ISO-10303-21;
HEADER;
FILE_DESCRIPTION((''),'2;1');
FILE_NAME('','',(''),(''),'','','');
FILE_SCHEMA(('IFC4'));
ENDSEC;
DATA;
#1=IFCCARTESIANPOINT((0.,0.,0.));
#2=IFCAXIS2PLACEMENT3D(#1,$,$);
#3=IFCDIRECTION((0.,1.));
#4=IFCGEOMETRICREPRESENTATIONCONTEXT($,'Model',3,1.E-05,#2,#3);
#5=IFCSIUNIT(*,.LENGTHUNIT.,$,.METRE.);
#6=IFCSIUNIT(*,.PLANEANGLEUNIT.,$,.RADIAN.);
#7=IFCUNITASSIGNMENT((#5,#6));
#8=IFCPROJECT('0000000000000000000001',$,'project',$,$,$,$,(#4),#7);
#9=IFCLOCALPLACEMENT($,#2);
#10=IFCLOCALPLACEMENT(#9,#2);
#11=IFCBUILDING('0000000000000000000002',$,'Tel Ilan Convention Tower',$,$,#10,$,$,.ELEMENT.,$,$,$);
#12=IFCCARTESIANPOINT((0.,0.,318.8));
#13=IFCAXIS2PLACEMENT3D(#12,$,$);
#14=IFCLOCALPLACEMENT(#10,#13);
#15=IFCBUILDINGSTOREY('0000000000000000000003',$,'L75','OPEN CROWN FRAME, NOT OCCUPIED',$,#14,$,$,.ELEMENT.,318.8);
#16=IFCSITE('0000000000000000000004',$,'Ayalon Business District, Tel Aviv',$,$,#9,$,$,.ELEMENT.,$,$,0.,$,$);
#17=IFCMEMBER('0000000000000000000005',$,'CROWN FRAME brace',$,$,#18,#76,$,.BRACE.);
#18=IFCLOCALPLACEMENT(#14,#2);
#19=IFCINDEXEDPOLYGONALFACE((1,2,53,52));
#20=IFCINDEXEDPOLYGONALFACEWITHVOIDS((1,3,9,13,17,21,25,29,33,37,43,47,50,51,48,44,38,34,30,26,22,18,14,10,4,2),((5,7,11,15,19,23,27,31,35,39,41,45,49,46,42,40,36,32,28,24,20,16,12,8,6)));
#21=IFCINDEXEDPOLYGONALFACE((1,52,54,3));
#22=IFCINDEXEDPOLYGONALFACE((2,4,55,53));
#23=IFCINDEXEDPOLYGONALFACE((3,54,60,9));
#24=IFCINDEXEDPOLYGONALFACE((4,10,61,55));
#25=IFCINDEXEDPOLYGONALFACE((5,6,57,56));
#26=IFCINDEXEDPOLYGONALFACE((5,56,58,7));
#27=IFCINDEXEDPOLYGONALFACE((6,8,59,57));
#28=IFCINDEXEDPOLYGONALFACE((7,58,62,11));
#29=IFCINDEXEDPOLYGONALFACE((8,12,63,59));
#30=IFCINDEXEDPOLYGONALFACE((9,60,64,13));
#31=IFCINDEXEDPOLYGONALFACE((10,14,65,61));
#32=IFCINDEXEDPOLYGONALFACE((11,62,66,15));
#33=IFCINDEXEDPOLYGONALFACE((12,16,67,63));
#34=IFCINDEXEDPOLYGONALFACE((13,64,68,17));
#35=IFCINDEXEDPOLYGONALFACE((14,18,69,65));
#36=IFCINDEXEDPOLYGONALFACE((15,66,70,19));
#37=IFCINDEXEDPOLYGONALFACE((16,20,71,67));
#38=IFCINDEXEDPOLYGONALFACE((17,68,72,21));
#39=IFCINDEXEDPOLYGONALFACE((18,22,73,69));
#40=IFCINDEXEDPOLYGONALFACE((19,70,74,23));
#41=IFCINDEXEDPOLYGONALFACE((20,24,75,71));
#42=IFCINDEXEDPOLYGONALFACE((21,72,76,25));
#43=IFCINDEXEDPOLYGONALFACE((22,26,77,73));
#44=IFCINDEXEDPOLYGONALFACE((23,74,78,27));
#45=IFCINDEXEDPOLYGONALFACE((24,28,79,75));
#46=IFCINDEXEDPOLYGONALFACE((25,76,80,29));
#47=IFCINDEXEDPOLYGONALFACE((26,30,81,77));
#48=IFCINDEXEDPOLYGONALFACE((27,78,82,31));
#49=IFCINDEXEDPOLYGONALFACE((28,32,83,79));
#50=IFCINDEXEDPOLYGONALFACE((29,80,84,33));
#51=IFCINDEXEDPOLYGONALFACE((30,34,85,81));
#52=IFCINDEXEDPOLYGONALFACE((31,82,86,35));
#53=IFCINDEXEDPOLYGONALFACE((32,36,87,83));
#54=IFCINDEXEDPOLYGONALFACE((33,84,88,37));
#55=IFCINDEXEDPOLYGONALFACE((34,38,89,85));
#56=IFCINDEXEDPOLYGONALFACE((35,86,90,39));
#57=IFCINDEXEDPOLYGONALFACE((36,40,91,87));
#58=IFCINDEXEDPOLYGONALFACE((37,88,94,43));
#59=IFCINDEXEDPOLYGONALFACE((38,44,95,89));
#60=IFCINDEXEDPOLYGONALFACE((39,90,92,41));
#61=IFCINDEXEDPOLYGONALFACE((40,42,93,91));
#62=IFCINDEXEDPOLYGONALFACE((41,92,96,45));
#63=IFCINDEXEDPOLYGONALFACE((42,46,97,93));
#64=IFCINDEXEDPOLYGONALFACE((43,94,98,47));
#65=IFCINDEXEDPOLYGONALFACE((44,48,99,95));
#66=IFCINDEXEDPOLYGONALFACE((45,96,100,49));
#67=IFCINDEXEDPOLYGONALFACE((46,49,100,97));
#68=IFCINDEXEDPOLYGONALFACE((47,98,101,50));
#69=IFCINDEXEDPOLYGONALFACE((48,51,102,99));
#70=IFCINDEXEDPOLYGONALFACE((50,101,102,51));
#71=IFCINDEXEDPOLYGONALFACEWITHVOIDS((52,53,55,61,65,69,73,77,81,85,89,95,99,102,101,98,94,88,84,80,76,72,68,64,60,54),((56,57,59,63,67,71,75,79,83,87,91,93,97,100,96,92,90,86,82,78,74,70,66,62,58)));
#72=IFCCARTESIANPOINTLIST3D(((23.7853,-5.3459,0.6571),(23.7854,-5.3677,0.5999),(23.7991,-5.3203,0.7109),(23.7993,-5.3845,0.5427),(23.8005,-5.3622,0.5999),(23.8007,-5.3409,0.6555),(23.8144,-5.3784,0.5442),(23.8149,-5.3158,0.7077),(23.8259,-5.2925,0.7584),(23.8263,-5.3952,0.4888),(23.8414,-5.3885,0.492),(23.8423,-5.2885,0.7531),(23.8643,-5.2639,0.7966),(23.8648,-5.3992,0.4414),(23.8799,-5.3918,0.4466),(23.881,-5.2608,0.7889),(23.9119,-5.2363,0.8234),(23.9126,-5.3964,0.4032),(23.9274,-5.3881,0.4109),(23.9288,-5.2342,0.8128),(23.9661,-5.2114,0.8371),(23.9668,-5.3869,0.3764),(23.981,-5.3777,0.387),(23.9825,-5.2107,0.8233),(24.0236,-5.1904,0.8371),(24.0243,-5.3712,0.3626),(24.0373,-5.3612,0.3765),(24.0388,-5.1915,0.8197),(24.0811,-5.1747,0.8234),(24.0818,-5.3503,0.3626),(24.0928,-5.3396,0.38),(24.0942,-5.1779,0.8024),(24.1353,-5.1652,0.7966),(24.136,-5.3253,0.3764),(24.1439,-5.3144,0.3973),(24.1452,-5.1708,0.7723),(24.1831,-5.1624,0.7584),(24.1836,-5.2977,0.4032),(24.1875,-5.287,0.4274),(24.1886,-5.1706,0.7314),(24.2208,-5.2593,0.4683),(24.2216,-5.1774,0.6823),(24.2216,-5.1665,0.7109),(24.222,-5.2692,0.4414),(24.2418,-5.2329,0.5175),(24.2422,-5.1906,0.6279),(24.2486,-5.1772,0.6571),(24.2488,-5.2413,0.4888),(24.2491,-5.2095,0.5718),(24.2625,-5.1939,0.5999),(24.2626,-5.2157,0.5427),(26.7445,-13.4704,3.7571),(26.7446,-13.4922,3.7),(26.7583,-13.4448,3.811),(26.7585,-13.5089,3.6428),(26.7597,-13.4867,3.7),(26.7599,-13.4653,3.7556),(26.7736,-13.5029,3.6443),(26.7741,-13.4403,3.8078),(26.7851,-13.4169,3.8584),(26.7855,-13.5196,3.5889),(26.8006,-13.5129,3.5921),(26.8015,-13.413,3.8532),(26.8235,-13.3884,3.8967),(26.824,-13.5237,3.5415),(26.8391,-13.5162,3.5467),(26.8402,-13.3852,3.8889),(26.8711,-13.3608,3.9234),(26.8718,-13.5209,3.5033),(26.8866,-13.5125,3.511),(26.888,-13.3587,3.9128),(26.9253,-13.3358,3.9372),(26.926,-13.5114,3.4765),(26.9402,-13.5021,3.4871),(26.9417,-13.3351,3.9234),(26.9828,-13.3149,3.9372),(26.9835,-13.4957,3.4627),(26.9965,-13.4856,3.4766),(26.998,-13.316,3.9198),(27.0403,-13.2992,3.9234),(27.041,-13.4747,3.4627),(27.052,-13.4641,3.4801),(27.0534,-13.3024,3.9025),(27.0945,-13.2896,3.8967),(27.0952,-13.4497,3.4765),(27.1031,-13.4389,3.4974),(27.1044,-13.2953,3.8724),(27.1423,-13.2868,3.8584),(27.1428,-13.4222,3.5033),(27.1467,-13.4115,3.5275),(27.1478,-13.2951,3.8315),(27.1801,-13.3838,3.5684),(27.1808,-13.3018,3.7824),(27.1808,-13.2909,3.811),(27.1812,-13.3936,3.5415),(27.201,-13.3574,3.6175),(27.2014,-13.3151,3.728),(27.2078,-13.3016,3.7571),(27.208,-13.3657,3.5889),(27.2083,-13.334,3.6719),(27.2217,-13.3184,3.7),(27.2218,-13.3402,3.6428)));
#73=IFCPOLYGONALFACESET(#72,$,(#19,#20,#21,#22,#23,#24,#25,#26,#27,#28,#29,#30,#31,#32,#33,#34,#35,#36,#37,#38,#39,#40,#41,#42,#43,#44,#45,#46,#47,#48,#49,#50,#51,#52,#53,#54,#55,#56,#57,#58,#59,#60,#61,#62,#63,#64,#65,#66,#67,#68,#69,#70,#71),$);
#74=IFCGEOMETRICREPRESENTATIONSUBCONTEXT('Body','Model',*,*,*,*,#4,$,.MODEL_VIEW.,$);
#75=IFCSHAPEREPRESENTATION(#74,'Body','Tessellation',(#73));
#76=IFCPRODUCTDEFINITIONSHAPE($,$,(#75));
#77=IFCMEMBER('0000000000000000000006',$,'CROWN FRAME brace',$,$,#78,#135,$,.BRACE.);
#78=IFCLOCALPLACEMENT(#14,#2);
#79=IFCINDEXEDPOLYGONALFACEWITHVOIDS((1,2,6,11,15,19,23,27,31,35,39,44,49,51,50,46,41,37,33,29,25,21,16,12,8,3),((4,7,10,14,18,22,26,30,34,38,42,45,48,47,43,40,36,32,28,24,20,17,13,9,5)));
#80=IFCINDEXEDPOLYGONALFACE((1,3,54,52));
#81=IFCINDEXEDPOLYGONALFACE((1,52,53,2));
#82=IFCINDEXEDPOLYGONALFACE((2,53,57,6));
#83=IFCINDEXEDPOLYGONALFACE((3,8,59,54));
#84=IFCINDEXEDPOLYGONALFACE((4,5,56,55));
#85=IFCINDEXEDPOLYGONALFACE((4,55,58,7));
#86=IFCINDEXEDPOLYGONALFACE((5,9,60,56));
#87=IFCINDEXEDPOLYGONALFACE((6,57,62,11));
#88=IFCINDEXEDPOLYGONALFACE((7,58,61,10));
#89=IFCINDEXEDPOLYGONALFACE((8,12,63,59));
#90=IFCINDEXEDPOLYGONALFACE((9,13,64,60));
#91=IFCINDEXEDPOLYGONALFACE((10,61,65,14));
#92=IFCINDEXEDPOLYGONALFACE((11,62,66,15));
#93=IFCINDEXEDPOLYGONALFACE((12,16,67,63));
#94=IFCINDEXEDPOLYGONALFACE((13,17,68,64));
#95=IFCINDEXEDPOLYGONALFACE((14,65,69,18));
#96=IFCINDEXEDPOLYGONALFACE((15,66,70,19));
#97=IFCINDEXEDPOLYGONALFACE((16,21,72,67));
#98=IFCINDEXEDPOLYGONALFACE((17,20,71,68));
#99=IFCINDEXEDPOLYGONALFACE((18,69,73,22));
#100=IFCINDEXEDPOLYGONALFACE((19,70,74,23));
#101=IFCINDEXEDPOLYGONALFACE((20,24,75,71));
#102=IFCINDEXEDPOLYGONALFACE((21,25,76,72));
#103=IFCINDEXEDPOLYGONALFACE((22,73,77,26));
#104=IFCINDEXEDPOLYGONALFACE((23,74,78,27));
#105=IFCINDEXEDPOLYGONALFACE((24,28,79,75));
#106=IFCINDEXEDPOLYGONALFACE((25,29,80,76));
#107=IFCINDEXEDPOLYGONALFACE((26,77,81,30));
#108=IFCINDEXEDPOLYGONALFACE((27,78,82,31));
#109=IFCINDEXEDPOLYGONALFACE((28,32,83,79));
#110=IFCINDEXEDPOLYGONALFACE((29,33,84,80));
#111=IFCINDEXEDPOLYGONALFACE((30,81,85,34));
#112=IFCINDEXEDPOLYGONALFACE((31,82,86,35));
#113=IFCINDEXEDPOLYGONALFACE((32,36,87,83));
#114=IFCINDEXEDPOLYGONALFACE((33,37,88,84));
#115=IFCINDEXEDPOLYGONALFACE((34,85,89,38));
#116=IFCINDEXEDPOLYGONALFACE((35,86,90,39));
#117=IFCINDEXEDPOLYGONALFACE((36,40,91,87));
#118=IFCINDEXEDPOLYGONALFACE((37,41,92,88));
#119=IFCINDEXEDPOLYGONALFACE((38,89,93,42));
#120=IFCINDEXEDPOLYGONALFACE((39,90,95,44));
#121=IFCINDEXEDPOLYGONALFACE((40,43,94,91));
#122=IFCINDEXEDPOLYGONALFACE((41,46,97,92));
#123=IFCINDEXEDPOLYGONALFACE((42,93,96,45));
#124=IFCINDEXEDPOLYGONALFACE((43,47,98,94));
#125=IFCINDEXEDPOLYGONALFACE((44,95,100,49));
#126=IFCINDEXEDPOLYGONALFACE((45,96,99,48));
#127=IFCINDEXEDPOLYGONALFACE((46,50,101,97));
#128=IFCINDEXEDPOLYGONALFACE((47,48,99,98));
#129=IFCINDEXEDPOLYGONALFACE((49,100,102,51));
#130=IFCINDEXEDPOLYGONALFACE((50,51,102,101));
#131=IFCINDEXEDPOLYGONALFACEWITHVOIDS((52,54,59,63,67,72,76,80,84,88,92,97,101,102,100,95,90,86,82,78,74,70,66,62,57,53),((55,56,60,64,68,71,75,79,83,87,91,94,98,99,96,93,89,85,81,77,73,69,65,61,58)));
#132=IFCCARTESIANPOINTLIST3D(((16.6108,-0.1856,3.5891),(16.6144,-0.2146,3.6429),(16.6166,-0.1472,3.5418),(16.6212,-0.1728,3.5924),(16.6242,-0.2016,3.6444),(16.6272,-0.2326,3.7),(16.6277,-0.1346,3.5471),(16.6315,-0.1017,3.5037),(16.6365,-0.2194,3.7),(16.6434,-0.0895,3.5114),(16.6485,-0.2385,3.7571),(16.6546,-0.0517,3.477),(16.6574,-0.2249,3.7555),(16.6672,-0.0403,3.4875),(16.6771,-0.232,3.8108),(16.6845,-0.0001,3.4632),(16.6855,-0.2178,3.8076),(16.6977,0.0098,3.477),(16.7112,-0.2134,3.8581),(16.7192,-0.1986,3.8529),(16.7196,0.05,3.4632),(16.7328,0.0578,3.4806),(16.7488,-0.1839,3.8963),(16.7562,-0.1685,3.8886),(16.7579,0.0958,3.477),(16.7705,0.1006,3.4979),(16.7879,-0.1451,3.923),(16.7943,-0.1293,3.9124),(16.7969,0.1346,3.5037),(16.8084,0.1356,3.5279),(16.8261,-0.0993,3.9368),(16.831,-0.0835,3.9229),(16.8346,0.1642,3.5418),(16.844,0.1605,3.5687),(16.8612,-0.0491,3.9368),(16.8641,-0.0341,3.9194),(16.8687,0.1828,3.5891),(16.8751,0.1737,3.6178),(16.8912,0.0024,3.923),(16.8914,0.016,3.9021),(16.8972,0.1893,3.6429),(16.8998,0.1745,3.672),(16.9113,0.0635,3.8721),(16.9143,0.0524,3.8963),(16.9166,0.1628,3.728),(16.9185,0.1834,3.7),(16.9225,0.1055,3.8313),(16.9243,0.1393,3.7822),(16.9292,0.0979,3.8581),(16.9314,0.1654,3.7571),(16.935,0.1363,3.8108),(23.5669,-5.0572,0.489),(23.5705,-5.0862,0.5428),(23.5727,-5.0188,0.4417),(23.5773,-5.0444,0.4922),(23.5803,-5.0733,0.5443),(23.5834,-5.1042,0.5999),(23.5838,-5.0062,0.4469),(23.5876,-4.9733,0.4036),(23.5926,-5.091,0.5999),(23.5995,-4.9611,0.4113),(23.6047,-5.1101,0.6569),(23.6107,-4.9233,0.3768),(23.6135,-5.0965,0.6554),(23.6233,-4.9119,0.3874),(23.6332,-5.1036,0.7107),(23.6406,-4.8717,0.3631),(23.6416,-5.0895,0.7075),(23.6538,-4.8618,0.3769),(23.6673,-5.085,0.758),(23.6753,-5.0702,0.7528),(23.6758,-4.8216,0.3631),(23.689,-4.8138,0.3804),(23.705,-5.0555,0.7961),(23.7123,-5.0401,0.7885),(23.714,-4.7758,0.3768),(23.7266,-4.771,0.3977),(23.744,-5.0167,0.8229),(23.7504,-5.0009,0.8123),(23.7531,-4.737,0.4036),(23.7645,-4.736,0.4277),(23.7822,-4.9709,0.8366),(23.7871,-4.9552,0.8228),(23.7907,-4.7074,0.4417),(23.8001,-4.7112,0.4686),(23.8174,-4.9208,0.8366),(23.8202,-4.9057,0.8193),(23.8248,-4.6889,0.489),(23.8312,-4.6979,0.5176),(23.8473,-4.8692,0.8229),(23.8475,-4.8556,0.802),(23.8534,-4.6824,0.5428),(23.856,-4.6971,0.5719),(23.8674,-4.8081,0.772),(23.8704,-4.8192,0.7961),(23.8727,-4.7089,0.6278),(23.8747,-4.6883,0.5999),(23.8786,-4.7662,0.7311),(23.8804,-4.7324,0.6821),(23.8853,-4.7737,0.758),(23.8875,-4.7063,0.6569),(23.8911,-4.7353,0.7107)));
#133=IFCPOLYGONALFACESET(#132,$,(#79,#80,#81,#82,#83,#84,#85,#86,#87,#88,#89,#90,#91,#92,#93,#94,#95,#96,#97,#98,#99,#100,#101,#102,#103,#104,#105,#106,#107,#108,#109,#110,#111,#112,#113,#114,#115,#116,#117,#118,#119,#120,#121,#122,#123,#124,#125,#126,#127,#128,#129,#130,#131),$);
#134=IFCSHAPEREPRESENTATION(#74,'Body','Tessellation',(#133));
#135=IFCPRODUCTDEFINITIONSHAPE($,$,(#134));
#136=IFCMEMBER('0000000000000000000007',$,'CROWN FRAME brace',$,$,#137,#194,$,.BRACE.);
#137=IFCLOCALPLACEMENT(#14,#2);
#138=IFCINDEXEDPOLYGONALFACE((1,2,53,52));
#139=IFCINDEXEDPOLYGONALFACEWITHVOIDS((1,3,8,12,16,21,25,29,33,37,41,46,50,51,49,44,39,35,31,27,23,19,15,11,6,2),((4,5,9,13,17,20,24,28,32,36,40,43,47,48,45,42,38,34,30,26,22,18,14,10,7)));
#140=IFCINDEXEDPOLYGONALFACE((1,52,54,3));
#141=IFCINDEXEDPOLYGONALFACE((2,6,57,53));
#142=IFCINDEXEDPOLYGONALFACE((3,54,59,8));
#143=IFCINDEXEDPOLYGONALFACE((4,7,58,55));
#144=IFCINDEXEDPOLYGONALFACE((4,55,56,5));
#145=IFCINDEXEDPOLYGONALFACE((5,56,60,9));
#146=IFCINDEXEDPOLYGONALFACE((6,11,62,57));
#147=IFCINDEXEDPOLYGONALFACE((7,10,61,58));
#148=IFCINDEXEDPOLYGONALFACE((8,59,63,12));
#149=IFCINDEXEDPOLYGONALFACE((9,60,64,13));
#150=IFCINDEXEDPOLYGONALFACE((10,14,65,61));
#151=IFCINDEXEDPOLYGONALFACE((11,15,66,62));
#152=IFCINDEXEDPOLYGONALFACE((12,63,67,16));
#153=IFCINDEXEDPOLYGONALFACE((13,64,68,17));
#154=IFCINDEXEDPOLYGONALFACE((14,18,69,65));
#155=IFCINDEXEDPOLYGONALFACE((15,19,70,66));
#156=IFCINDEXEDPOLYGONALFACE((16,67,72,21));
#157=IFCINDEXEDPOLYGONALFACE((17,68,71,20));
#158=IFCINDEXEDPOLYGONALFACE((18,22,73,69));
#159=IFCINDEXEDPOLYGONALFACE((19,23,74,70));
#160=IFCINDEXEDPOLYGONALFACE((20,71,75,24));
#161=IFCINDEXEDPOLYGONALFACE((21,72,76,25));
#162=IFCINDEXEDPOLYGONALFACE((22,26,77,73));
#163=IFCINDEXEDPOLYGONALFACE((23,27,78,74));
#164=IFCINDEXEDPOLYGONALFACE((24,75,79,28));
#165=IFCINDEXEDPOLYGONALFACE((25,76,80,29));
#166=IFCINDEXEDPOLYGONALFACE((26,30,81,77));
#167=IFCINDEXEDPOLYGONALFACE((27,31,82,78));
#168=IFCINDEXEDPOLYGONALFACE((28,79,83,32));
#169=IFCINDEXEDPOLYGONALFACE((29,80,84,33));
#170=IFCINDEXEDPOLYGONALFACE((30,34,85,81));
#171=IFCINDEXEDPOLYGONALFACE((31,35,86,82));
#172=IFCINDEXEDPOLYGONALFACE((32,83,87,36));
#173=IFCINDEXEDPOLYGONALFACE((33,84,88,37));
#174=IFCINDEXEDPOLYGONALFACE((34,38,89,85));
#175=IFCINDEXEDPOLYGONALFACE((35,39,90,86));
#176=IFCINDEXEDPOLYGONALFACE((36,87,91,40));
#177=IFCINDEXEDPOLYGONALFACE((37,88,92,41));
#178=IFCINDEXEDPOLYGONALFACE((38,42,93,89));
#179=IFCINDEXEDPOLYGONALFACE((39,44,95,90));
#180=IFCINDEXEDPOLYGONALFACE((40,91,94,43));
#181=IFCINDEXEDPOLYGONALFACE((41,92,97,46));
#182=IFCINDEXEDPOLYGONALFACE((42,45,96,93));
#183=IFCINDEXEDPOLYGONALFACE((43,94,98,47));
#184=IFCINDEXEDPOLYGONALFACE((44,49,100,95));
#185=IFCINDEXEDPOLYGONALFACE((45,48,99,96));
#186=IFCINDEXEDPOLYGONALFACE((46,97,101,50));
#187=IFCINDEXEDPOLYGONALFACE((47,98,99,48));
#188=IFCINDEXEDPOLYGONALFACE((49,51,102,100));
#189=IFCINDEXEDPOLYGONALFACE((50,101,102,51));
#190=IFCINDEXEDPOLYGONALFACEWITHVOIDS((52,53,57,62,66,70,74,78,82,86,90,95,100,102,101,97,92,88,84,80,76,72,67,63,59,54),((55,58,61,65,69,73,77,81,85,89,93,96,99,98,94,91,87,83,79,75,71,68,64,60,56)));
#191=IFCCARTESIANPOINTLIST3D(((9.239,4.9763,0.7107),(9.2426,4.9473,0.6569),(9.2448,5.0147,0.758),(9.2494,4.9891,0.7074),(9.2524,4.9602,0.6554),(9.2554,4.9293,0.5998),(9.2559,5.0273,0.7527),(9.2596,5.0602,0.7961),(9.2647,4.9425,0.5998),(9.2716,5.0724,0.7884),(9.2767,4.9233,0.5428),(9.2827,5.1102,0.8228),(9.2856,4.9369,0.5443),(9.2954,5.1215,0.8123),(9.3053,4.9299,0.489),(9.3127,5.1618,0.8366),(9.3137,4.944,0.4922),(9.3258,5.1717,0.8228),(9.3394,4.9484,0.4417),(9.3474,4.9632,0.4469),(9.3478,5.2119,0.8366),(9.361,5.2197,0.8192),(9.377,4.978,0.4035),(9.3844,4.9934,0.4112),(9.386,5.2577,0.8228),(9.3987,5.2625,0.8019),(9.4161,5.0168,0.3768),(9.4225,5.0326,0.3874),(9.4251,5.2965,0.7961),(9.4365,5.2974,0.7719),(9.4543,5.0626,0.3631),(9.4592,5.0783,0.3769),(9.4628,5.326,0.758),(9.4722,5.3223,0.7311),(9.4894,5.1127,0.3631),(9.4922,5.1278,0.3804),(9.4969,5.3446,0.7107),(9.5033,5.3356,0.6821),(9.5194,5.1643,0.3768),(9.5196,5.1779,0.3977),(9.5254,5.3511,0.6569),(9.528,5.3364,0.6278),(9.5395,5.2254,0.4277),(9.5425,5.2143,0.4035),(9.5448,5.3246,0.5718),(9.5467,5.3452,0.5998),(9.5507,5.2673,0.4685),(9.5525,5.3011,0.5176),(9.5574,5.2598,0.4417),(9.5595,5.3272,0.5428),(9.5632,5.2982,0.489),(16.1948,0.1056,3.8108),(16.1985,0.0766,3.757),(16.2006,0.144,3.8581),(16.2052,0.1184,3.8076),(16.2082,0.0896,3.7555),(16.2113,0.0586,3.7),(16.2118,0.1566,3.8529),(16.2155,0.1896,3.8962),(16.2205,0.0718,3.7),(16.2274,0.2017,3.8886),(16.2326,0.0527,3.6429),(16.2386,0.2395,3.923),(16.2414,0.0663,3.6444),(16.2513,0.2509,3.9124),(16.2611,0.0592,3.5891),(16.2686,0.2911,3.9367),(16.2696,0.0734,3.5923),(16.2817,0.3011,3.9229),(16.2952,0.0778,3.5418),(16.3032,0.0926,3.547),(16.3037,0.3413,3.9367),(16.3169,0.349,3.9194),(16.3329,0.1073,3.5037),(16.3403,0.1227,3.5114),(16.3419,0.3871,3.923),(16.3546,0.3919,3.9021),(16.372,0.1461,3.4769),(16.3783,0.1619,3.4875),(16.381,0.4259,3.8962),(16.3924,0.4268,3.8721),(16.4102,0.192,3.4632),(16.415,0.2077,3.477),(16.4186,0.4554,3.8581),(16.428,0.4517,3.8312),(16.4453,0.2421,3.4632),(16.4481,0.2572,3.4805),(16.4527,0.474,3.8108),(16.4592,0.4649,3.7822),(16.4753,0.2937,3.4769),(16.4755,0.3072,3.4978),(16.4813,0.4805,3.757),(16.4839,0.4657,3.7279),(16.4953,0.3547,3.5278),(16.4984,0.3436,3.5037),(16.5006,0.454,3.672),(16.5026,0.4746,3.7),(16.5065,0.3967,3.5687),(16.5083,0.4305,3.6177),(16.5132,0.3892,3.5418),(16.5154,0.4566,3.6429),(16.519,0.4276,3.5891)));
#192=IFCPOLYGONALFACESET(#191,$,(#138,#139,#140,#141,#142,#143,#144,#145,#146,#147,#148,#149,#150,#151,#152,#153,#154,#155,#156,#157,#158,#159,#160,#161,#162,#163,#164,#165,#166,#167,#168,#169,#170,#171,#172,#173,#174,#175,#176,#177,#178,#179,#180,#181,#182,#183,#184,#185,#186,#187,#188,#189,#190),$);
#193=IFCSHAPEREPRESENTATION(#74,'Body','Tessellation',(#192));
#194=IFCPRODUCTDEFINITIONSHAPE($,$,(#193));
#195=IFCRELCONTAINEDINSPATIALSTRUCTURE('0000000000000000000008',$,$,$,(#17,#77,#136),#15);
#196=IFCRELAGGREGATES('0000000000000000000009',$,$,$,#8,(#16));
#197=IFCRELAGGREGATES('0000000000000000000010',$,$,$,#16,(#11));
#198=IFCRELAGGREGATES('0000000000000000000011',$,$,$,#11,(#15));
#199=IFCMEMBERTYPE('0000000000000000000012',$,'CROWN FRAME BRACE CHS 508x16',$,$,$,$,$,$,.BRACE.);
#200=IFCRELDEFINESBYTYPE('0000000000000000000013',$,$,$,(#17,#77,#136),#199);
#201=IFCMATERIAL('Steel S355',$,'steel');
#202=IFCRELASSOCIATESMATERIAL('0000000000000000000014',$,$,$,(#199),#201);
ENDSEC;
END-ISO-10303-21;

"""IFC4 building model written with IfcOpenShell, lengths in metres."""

from ifc_helpers import new_model, si_unit, direction, frame, origin, origin_2d, place, context, subcontext, project, spatial, hollow_circle, extrude, material, material_profile, profile_set, type_object, element, save


model = new_model("IFC4")

# Units and contexts
model_context = context("Model", 3, precision=1e-05, world=origin(), true_north=direction((0.0, 1.0)))
body_context = subcontext(model_context, "Body", "Model", "MODEL_VIEW")
ifc_project = project(units=[si_unit("LENGTHUNIT", "METRE"), si_unit("PLANEANGLEUNIT", "RADIAN")], contexts=[model_context])

# Site, building, storey
site_placement = place(None, origin())
site = spatial("IfcSite", under=ifc_project, at=site_placement, Name="Ayalon Business District, Tel Aviv", CompositionType="ELEMENT", RefElevation=0.0)
building_placement = place(site_placement, origin())
building = spatial("IfcBuilding", under=site, at=building_placement, Name="Tel Ilan Convention Tower", CompositionType="ELEMENT")
storey_placement = place(building_placement, frame((0.0, 0.0, 318.8)))
storey = spatial("IfcBuildingStorey", under=building, at=storey_placement, Name="L75", Description="OPEN CROWN FRAME, NOT OCCUPIED", CompositionType="ELEMENT", Elevation=318.8)

# Members
ifc_material_1 = material(Name="Steel S355", Category="steel")
ifc_material_profile_1 = material_profile(ifc_material_1, hollow_circle(Radius=0.2539, WallThickness=0.0161, at=origin_2d()), Name="CHS 508x16")
ifc_profile_set_1 = profile_set([ifc_material_profile_1], Name="Steel S355")
member_type = type_object("IfcMemberType", Name="CROWN FRAME BRACE CHS 508x16", PredefinedType="BRACE", material=ifc_profile_set_1)
member_1_placement = place(storey_placement, frame((26.9832, -13.4053, 3.7), z_axis=(-0.322159, 0.884483, -0.337495), x_axis=(-0.939613, -0.34224, 0.0)))
element("IfcMember", 1, at=member_1_placement, inside=storey, type_object=member_type, Name="CROWN FRAME brace", PredefinedType="BRACE", context=body_context, shape_type="SweptSolid", body=[
    extrude(hollow_circle(Radius=0.2539, WallThickness=0.0161, at=origin_2d()), origin(), (0.0, 0.0, 1.0), 9.1855),
])
member_2_placement = place(storey_placement, frame((23.729, -4.8962, 0.5999), z_axis=(-0.769437, 0.538865, 0.342914), x_axis=(-0.573648, -0.819102, 0.0)))
element("IfcMember", 2, at=member_2_placement, inside=storey, type_object=member_type, Name="CROWN FRAME brace", PredefinedType="BRACE", context=body_context, shape_type="SweptSolid", body=[
    extrude(hollow_circle(Radius=0.2539, WallThickness=0.0161, at=origin_2d()), origin(), (0.0, 0.0, 1.0), 9.0405),
])
member_3_placement = place(storey_placement, frame((16.3569, 0.2666, 3.7), z_axis=(-0.769471, 0.5388, -0.342941), x_axis=(-0.573584, -0.819147, 0.0)))
element("IfcMember", 3, at=member_3_placement, inside=storey, type_object=member_type, Name="CROWN FRAME brace", PredefinedType="BRACE", context=body_context, shape_type="SweptSolid", body=[
    extrude(hollow_circle(Radius=0.2539, WallThickness=0.0161, at=origin_2d()), origin(), (0.0, 0.0, 1.0), 9.0398),
])

save(model, "model.ifc")
